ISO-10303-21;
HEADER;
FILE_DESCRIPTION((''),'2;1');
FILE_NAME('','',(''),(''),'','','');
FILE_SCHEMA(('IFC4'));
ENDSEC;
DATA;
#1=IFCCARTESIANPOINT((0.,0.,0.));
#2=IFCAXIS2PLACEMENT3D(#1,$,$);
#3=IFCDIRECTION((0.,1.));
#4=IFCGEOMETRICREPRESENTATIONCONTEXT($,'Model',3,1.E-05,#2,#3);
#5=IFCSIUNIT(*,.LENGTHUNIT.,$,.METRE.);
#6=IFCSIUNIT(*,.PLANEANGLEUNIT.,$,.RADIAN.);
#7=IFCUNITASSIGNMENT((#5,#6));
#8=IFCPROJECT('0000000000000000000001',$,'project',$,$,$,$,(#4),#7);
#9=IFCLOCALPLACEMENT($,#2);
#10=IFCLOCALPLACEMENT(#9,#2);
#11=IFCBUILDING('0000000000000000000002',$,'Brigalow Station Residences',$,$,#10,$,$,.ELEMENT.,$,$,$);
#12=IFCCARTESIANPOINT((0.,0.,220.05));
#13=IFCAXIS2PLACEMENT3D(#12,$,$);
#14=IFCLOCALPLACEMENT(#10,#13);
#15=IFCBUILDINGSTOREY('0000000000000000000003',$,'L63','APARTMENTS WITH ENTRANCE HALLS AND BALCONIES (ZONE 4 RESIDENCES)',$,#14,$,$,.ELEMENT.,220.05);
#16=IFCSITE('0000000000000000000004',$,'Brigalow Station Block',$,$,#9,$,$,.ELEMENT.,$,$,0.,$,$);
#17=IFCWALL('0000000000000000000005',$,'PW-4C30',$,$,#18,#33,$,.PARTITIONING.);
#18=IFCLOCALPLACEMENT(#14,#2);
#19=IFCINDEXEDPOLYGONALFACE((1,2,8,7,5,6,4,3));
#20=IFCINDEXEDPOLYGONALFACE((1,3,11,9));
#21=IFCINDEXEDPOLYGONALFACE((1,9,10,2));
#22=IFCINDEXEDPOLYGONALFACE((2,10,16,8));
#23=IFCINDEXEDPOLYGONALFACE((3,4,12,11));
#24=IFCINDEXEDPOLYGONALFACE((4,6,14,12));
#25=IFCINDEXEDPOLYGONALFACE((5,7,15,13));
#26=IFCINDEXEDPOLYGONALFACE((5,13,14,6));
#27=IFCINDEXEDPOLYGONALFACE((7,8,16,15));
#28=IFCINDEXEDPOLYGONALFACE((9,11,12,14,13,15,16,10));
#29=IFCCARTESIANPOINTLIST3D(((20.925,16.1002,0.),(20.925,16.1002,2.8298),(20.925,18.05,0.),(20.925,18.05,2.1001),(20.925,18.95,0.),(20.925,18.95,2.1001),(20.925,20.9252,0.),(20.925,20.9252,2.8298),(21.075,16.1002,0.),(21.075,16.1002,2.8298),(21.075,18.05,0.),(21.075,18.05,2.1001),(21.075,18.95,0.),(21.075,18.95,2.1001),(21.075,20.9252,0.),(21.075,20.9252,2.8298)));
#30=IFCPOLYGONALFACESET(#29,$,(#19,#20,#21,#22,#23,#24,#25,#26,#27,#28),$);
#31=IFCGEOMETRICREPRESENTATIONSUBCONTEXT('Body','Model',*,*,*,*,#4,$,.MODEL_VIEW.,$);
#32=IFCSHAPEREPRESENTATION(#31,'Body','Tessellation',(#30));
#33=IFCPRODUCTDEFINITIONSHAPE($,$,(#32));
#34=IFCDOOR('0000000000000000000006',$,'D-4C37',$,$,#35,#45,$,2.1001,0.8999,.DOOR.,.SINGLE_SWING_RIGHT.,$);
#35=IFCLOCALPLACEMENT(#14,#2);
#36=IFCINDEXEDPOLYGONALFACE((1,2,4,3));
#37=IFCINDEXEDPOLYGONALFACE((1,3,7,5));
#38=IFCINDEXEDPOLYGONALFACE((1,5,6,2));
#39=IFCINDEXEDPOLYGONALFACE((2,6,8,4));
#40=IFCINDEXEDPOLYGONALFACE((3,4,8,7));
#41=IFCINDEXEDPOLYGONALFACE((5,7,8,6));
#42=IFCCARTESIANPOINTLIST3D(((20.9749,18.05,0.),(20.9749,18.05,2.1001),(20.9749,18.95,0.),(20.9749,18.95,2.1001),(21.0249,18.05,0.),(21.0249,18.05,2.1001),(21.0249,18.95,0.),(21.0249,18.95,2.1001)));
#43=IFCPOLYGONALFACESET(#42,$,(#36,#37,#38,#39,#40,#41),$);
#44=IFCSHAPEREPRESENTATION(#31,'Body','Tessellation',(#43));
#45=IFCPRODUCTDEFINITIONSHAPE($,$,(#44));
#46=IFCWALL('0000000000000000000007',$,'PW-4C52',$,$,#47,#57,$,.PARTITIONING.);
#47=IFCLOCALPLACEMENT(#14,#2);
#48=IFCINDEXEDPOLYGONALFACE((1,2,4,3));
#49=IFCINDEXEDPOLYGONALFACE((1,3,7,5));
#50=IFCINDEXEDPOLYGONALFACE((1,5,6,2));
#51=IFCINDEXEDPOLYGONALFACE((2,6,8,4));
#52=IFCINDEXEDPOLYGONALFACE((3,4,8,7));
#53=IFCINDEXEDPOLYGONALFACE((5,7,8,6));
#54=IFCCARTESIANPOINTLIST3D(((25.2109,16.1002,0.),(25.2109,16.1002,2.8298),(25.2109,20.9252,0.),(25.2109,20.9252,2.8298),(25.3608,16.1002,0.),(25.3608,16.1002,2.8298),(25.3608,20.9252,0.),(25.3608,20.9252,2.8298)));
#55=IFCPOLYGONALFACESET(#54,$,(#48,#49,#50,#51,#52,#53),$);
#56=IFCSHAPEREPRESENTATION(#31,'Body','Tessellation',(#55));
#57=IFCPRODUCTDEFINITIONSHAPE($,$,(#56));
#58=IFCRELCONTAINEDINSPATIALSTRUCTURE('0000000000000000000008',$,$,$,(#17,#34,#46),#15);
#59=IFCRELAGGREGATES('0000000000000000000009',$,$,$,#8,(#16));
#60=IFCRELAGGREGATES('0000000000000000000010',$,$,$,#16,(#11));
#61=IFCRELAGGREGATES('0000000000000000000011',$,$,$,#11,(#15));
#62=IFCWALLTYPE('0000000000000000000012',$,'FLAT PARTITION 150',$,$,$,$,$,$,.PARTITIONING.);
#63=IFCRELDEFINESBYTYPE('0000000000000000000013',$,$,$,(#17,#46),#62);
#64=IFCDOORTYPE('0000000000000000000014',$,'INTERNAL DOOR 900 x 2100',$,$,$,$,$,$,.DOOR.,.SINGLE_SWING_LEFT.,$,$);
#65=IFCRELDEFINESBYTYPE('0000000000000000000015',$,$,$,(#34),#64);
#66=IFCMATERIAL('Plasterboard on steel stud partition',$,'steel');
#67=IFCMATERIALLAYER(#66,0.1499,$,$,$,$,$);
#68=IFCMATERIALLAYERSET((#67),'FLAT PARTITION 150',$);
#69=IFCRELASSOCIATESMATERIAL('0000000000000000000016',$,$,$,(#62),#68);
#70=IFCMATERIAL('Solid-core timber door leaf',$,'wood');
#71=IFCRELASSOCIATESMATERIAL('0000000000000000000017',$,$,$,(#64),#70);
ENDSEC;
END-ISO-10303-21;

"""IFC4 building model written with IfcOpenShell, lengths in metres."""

from ifc_helpers import new_model, si_unit, direction, frame, frame_2d, origin, place, context, subcontext, project, spatial, rectangle, extrude, material, layer, layer_set, type_object, element, fill, save


model = new_model("IFC4")

# Units and contexts
model_context = context("Model", 3, precision=1e-05, world=origin(), true_north=direction((0.0, 1.0)))
body_context = subcontext(model_context, "Body", "Model", "MODEL_VIEW")
ifc_project = project(units=[si_unit("LENGTHUNIT", "METRE"), si_unit("PLANEANGLEUNIT", "RADIAN")], contexts=[model_context])

# Site, building, storey
site_placement = place(None, origin())
site = spatial("IfcSite", under=ifc_project, at=site_placement, Name="Brigalow Station Block", CompositionType="ELEMENT", RefElevation=0.0)
building_placement = place(site_placement, origin())
building = spatial("IfcBuilding", under=site, at=building_placement, Name="Brigalow Station Residences", CompositionType="ELEMENT")
storey_placement = place(building_placement, frame((0.0, 0.0, 220.05)))
storey = spatial("IfcBuildingStorey", under=building, at=storey_placement, Name="L63", Description="APARTMENTS WITH ENTRANCE HALLS AND BALCONIES (ZONE 4 RESIDENCES)", CompositionType="ELEMENT", Elevation=220.05)

# Shared definitions
ifc_material_1 = material(Name="Plasterboard on steel stud partition", Category="steel")
ifc_layer_1 = layer(ifc_material_1, 0.1499)
ifc_layer_set_1 = layer_set([ifc_layer_1], Name="FLAT PARTITION 150")
wall_type_1 = type_object("IfcWallType", Name="FLAT PARTITION 150", PredefinedType="PARTITIONING", material=ifc_layer_set_1)
ifc_material_2 = material(Name="Solid-core timber door leaf", Category="wood")
door_type_1 = type_object("IfcDoorType", Name="INTERNAL DOOR 900 x 2100", OperationType="SINGLE_SWING_LEFT", PredefinedType="DOOR", material=ifc_material_2)

# Wall, opening, door
wall_1_placement = place(storey_placement, frame((21.0, 16.1001, 0.0), z_axis=(0.0, 0.0, 1.0), x_axis=(0.0, 1.0, 0.0)))
wall_1 = element("IfcWall", 1, at=wall_1_placement, inside=storey, type_object=wall_type_1, Name="PW-4C30", PredefinedType="PARTITIONING", context=body_context, shape_type="SweptSolid", body=[
    extrude(rectangle(XDim=4.825, YDim=0.1499, at=frame_2d((2.4126, 0.0))), origin(), (0.0, 0.0, 1.0), 2.8298),
])
opening_1_placement = place(wall_1_placement, frame((1.95, 0.0, 0.0)))
opening_1 = element("IfcOpeningElement", 2, at=opening_1_placement, cuts=wall_1, PredefinedType="OPENING", context=body_context, shape_type="SweptSolid", body=[
    extrude(rectangle(XDim=0.8999, YDim=2.1001, at=frame_2d((0.45, 1.05))), frame((0.0, 0.085, 0.0), z_axis=(0.0, -1.0, 0.0), x_axis=(1.0, 0.0, 0.0)), (0.0, 0.0, 1.0), 0.1699),
])
door_1_placement = place(opening_1_placement, frame((0.8999, 0.0, 0.0), z_axis=(0.0, 0.0, 1.0), x_axis=(-1.0, 0.0, 0.0)))
door_1 = element("IfcDoor", 3, at=door_1_placement, inside=storey, type_object=door_type_1, Name="D-4C37", OperationType="SINGLE_SWING_RIGHT", OverallHeight=2.1001, OverallWidth=0.8999, PredefinedType="DOOR", context=body_context, shape_type="SweptSolid", body=[
    extrude(rectangle(XDim=0.8999, YDim=2.1001, at=frame_2d((0.45, 1.05))), frame((0.0, 0.0249, 0.0), z_axis=(0.0, -1.0, 0.0), x_axis=(1.0, 0.0, 0.0)), (0.0, 0.0, 1.0), 0.05),
])
fill(opening_1, door_1)

# Wall
wall_2_placement = place(storey_placement, frame((25.2859, 16.1001, 0.0), z_axis=(0.0, 0.0, 1.0), x_axis=(0.0, 1.0, 0.0)))
element("IfcWall", 4, at=wall_2_placement, inside=storey, type_object=wall_type_1, Name="PW-4C52", PredefinedType="PARTITIONING", context=body_context, shape_type="SweptSolid", body=[
    extrude(rectangle(XDim=4.825, YDim=0.1499, at=frame_2d((2.4126, 0.0))), origin(), (0.0, 0.0, 1.0), 2.8298),
])

save(model, "model.ifc")
